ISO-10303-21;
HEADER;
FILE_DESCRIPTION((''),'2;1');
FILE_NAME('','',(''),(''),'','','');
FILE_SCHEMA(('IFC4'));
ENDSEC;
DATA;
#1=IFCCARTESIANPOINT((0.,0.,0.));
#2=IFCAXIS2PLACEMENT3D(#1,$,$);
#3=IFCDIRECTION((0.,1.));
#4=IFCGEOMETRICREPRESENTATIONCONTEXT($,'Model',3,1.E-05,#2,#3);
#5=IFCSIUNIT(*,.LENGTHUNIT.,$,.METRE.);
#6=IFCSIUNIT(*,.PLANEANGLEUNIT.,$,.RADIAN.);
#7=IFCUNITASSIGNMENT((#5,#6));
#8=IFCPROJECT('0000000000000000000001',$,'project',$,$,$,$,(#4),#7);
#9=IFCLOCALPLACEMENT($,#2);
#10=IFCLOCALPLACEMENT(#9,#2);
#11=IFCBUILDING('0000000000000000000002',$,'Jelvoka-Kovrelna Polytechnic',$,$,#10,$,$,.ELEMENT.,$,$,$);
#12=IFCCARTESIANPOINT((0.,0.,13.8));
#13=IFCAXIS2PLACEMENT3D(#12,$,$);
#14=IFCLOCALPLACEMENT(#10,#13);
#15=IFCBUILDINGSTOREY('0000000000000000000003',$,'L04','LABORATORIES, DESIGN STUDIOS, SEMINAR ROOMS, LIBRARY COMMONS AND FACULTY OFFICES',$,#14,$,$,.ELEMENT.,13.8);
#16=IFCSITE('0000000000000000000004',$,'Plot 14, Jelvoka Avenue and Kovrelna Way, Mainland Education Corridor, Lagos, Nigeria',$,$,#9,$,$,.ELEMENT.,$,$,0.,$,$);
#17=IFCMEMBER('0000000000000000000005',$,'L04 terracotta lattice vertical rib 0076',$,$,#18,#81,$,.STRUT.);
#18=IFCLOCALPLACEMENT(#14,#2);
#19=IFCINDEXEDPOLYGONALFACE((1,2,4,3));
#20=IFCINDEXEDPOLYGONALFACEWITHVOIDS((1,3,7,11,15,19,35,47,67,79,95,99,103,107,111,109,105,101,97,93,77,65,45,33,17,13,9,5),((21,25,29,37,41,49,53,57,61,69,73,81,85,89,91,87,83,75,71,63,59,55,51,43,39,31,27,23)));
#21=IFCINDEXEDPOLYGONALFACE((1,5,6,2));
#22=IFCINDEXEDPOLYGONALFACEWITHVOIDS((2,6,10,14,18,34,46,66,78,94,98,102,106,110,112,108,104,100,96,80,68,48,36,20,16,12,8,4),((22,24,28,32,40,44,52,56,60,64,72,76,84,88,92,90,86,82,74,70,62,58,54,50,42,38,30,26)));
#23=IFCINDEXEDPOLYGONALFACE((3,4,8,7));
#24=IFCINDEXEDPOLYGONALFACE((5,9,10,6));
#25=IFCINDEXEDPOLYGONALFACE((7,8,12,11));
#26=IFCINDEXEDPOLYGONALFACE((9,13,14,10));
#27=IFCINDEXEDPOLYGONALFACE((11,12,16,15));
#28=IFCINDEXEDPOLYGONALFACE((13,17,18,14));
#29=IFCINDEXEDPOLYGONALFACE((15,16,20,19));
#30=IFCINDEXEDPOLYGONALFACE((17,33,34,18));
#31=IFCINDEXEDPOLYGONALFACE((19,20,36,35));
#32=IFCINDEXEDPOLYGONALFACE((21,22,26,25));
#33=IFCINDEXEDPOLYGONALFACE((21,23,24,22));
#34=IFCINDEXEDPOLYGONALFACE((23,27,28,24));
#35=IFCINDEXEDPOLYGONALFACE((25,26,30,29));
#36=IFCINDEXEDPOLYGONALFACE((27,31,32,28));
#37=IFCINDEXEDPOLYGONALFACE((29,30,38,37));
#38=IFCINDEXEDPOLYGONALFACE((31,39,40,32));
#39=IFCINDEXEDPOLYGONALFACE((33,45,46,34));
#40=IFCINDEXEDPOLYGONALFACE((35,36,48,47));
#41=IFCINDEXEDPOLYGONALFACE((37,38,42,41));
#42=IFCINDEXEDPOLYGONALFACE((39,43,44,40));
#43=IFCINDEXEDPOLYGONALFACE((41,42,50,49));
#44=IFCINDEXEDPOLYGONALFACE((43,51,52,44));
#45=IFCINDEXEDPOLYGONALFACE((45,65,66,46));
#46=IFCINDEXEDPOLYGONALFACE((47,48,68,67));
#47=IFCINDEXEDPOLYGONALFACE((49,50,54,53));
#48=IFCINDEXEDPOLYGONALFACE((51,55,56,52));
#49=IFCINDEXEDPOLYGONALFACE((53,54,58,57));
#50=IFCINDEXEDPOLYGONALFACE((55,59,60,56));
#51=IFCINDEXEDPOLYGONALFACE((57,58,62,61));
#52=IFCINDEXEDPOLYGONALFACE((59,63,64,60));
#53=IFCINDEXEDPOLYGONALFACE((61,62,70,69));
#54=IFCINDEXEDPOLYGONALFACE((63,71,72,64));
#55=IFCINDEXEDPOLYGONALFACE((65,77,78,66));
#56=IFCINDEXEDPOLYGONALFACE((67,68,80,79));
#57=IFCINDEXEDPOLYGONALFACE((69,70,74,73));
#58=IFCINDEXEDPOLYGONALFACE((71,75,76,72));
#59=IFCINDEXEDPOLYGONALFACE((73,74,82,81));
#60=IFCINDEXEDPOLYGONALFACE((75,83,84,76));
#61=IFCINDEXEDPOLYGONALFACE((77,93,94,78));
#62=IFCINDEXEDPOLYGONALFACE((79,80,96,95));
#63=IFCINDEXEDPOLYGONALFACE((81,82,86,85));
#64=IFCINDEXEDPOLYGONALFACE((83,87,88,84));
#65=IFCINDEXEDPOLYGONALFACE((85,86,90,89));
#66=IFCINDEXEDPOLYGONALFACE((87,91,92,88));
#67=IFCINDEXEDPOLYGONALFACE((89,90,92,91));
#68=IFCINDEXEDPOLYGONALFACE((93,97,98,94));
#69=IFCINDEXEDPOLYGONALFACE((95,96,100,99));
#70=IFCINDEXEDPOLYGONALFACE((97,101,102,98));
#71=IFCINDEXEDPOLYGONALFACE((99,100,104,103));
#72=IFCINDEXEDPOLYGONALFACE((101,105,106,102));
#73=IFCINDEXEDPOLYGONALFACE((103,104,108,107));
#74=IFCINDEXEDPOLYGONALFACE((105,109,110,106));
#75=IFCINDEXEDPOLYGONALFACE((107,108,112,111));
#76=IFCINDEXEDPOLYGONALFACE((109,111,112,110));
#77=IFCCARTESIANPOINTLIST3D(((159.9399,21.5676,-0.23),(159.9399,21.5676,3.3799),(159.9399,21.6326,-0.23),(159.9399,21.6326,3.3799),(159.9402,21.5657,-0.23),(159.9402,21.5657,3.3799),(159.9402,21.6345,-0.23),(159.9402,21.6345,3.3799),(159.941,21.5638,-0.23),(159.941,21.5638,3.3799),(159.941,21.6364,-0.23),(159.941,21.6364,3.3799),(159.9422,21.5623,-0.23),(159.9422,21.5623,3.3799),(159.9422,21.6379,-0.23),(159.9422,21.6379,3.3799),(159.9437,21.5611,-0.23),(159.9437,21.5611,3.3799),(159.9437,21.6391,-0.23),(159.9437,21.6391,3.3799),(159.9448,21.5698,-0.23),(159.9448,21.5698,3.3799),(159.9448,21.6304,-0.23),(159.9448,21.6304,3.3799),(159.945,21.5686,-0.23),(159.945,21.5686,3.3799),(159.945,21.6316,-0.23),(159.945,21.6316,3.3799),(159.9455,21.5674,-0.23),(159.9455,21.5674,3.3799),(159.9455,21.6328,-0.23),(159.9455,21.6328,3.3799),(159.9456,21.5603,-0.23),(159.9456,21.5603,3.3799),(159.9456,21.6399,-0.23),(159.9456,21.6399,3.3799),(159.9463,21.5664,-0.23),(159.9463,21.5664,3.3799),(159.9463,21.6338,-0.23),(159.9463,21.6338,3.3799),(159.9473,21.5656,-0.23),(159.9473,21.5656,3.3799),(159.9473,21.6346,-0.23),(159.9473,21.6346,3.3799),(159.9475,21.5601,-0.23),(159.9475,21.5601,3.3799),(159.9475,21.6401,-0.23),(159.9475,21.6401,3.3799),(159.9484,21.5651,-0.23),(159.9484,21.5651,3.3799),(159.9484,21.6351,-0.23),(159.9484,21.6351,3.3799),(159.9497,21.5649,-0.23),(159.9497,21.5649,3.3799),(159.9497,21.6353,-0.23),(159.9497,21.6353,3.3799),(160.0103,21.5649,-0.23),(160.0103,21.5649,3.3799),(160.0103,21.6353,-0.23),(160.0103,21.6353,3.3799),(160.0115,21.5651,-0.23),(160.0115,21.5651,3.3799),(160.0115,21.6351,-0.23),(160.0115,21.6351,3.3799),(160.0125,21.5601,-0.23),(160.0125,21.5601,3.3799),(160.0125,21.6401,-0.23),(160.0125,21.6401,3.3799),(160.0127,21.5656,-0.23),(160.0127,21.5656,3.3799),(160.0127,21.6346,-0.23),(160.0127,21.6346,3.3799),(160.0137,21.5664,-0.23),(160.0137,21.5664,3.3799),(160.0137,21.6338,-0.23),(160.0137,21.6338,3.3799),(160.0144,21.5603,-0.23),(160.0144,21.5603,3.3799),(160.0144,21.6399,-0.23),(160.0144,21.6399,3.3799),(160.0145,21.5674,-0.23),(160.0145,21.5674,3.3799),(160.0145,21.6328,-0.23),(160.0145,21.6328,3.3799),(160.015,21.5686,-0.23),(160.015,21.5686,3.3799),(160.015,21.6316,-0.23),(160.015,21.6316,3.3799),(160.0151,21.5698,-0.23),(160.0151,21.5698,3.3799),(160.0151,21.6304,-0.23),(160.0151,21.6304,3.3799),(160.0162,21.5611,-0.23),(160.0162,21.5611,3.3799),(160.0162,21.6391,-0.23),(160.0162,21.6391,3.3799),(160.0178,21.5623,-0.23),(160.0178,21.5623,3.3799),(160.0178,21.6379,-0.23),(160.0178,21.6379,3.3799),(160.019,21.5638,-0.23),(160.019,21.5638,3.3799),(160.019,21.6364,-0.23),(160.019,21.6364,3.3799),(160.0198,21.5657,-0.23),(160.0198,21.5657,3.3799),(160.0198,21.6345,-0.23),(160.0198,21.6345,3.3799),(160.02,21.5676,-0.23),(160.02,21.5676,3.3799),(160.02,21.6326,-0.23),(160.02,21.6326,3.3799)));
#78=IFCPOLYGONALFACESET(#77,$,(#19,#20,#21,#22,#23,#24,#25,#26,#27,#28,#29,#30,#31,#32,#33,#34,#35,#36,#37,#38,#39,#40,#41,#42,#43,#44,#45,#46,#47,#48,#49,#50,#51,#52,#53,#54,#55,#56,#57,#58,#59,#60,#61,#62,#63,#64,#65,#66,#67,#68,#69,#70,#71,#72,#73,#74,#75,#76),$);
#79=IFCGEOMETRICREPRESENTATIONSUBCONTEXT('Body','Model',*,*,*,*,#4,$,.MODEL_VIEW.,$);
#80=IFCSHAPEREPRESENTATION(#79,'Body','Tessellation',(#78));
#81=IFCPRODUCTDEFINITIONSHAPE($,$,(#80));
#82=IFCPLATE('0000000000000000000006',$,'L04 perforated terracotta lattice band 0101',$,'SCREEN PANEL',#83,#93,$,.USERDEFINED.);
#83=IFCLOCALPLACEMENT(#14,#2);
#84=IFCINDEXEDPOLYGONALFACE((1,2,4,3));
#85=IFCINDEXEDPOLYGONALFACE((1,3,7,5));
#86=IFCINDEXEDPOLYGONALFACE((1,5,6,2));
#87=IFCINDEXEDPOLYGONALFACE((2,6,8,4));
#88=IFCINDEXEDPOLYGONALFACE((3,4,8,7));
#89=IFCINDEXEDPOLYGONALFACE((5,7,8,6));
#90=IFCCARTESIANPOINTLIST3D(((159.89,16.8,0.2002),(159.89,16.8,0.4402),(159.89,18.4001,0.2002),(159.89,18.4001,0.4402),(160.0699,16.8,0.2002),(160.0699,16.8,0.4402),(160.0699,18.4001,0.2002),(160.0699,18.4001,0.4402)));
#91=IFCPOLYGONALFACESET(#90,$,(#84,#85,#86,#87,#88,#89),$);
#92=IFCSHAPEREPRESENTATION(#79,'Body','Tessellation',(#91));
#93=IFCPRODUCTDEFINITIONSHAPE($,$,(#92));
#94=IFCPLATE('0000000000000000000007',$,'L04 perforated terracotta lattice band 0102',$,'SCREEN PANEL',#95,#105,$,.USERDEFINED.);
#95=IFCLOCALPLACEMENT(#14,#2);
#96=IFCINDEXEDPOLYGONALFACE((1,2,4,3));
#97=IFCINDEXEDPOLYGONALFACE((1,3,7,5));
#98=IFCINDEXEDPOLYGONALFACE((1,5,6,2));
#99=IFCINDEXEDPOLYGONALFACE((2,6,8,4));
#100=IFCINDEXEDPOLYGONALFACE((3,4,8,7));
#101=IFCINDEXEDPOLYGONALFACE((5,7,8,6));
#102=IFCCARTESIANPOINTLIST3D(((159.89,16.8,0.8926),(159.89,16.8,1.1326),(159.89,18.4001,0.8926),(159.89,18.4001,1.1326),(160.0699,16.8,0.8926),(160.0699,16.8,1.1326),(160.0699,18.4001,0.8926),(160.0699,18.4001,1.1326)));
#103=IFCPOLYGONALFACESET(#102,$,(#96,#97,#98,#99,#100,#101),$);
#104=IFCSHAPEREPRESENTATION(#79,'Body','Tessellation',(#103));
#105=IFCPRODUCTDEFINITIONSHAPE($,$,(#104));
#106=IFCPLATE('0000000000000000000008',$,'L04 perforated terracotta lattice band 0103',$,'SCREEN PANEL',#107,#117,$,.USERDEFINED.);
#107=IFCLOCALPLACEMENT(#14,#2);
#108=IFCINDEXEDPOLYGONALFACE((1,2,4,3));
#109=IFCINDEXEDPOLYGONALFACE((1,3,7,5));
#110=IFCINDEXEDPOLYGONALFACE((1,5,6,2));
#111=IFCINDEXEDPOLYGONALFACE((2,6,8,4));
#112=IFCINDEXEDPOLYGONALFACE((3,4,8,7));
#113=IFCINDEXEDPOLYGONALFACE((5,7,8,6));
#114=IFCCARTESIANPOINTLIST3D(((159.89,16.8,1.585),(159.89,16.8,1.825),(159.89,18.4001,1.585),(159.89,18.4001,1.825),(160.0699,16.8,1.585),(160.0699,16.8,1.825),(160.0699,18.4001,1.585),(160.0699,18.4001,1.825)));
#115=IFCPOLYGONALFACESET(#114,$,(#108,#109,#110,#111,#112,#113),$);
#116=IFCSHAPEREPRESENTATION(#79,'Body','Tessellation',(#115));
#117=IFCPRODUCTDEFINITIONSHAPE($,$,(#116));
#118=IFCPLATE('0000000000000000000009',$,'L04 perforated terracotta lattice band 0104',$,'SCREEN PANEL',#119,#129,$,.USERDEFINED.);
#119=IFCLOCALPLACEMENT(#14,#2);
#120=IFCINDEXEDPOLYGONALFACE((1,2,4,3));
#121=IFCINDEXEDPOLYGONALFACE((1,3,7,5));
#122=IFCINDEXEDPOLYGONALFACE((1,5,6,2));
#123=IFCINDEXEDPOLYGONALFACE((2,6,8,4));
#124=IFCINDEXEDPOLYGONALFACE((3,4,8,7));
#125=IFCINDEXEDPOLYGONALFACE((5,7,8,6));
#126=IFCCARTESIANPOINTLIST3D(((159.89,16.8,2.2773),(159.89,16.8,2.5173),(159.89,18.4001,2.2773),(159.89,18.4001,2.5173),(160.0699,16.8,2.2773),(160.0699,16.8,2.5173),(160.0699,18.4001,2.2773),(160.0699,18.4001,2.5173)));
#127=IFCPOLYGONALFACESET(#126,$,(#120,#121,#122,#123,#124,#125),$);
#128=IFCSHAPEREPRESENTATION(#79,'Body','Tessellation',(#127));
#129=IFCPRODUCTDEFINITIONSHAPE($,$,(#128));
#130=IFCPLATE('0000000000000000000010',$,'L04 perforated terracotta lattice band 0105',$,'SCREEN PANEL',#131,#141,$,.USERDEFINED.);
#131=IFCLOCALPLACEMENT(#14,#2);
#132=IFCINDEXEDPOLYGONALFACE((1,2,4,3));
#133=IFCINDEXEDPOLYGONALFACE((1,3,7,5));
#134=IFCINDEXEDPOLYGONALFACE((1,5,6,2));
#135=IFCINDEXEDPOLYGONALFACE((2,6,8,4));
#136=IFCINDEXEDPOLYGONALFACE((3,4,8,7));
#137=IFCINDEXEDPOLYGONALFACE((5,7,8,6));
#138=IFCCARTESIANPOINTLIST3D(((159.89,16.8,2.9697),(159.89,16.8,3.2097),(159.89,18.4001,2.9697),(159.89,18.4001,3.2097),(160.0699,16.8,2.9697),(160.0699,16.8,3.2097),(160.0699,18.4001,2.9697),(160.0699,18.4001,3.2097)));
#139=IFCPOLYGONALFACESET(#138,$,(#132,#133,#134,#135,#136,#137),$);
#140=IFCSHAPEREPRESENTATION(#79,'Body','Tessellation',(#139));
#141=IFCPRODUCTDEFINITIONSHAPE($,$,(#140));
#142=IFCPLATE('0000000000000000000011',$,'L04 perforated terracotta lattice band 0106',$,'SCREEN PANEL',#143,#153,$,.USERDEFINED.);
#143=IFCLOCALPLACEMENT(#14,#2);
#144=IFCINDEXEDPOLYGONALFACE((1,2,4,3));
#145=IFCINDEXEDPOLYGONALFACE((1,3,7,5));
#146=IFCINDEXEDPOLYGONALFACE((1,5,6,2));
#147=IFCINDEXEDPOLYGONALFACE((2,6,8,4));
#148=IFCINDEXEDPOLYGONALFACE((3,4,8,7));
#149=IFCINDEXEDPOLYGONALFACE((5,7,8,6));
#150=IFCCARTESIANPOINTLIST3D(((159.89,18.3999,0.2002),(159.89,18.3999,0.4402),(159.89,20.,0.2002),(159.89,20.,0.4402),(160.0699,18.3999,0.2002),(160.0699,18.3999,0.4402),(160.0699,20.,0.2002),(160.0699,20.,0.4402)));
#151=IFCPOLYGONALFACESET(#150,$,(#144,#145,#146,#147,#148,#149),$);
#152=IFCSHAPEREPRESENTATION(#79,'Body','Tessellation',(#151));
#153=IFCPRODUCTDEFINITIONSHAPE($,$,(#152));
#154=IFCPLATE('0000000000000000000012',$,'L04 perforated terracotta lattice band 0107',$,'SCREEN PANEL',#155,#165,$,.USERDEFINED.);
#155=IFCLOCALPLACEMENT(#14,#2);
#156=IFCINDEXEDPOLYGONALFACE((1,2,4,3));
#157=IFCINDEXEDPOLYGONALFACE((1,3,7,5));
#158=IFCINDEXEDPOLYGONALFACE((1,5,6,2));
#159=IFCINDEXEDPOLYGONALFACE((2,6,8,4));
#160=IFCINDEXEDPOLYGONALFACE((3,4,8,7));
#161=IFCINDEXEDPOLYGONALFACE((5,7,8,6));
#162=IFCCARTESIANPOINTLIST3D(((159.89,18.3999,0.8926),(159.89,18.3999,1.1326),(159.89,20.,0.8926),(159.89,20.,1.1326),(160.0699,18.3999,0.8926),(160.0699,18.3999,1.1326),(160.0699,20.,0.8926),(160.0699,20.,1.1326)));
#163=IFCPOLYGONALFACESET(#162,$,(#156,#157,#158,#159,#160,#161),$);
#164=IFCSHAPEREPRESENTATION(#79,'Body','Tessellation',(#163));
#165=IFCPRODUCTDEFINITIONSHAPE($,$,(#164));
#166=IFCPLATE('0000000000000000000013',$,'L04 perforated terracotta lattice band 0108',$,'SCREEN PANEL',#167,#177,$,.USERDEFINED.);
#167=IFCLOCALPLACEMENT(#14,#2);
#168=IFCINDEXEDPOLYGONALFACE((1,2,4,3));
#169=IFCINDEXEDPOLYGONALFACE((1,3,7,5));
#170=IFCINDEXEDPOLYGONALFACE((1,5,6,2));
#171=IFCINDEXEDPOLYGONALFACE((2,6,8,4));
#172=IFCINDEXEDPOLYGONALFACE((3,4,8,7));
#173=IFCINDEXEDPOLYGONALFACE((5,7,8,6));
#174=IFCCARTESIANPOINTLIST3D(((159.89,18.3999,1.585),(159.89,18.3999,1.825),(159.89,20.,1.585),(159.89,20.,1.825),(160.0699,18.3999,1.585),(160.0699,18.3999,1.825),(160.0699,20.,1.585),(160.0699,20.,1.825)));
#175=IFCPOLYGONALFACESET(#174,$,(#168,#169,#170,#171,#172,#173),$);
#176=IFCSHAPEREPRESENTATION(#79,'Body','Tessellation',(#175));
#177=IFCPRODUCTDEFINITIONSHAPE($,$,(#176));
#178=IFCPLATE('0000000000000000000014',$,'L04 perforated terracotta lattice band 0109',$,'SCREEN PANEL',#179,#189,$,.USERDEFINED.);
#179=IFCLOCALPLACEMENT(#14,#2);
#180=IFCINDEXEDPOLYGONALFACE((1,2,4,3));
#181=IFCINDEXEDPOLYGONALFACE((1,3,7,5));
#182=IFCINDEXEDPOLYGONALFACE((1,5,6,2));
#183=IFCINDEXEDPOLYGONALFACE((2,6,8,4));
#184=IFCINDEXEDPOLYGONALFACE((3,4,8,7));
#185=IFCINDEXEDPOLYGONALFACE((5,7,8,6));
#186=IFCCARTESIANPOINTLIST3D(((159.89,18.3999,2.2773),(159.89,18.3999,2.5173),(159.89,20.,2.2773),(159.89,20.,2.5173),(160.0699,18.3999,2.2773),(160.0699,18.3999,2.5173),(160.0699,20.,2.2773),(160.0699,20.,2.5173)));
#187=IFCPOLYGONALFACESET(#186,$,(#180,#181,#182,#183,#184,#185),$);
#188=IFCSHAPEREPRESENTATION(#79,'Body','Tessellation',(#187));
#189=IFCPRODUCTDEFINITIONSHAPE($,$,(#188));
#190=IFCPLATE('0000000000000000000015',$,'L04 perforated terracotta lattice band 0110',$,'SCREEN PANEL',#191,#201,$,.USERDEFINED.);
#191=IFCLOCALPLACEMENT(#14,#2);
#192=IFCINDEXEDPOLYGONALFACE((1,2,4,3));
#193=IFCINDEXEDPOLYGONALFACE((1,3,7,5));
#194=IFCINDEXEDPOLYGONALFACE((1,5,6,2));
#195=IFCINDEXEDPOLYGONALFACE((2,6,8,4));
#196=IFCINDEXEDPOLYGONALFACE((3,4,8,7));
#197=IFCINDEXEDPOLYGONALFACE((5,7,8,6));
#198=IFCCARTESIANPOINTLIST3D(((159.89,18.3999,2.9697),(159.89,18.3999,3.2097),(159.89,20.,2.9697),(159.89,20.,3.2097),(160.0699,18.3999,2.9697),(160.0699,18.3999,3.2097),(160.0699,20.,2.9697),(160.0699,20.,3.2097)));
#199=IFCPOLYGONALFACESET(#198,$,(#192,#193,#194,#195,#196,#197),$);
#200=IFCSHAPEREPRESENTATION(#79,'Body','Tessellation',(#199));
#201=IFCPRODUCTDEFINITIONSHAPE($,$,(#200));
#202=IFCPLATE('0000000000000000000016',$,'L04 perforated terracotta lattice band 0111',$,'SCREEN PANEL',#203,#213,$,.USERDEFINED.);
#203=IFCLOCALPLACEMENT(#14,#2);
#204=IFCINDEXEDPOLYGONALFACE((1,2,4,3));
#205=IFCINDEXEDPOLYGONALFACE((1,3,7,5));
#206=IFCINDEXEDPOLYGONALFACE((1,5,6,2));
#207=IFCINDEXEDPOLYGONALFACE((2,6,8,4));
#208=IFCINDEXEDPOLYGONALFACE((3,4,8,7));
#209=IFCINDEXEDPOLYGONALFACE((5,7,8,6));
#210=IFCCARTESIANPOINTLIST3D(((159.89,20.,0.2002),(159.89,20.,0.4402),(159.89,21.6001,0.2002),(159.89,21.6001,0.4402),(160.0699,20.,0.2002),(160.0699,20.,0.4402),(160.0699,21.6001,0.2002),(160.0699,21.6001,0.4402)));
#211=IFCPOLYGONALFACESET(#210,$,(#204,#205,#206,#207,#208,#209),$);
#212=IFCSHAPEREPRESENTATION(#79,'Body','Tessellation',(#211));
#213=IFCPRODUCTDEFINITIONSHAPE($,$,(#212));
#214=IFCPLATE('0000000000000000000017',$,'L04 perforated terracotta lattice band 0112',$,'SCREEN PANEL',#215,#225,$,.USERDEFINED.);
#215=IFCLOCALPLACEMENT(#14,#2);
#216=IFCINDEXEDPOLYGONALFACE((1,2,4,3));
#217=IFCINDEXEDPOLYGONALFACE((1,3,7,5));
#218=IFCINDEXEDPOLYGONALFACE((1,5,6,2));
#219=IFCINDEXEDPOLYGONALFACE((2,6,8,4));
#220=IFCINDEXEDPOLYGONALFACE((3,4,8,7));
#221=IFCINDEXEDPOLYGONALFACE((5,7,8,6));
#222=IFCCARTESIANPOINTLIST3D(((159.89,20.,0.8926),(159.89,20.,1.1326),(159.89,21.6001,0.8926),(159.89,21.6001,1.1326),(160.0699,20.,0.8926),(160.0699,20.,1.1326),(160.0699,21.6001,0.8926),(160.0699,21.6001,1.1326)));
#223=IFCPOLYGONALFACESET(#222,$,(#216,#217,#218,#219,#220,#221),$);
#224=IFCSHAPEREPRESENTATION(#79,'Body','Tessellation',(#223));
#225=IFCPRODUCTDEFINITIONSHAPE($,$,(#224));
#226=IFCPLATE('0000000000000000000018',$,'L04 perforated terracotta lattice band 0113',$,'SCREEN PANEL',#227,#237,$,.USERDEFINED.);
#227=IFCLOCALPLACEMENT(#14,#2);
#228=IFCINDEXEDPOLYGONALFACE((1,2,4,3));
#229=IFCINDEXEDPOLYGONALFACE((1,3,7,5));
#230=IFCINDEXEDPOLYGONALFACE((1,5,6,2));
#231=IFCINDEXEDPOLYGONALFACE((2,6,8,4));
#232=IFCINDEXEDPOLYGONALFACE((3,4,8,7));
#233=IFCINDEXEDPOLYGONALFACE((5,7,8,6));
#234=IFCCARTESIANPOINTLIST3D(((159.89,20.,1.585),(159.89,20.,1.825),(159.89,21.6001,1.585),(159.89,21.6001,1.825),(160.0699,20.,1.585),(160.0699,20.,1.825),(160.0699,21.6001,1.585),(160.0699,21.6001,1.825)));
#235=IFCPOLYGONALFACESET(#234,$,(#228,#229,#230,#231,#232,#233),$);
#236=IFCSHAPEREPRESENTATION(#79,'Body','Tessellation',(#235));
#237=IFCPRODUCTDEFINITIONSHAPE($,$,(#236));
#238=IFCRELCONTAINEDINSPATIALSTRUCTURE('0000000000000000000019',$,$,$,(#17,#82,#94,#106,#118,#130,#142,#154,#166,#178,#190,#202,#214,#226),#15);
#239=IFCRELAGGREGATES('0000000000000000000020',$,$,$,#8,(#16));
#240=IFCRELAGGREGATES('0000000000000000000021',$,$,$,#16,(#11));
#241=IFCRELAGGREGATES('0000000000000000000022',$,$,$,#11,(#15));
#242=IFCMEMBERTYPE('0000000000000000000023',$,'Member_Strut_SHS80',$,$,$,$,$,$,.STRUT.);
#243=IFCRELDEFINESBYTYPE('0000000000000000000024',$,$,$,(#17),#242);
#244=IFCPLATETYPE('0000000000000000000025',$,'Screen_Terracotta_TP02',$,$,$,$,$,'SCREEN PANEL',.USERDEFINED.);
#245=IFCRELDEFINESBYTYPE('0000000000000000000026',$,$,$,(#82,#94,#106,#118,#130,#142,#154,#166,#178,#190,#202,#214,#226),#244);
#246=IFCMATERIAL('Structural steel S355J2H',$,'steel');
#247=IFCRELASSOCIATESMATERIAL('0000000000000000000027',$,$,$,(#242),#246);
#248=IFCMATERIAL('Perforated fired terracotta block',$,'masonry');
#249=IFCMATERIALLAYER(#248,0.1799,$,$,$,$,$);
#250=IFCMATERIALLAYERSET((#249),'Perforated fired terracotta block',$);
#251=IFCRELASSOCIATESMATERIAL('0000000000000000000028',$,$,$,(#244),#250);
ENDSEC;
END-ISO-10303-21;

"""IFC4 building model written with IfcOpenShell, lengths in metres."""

from ifc_helpers import new_model, si_unit, direction, frame, origin, origin_2d, place, context, subcontext, project, spatial, rectangle, hollow_rectangle, extrude, material, layer, layer_set, material_profile, profile_set, type_object, element, save


model = new_model("IFC4")

# Units and contexts
model_context = context("Model", 3, precision=1e-05, world=origin(), true_north=direction((0.0, 1.0)))
body_context = subcontext(model_context, "Body", "Model", "MODEL_VIEW")
ifc_project = project(units=[si_unit("LENGTHUNIT", "METRE"), si_unit("PLANEANGLEUNIT", "RADIAN")], contexts=[model_context])

# Site, building, storey
site_placement = place(None, origin())
site = spatial("IfcSite", under=ifc_project, at=site_placement, Name="Plot 14, Jelvoka Avenue and Kovrelna Way, Mainland Education Corridor, Lagos, Nigeria", CompositionType="ELEMENT", RefElevation=0.0)
building_placement = place(site_placement, origin())
building = spatial("IfcBuilding", under=site, at=building_placement, Name="Jelvoka-Kovrelna Polytechnic", CompositionType="ELEMENT")
storey_placement = place(building_placement, frame((0.0, 0.0, 13.8)))
storey = spatial("IfcBuildingStorey", under=building, at=storey_placement, Name="L04", Description="LABORATORIES, DESIGN STUDIOS, SEMINAR ROOMS, LIBRARY COMMONS AND FACULTY OFFICES", CompositionType="ELEMENT", Elevation=13.8)

# Member
ifc_material_1 = material(Name="Structural steel S355J2H", Category="steel")
ifc_material_profile = material_profile(ifc_material_1, hollow_rectangle(XDim=0.0801, YDim=0.0801, WallThickness=0.0049, InnerFilletRadius=0.0049, OuterFilletRadius=0.0076, at=origin_2d()), Name="80x80x5.0 SHS")
ifc_profile_set = profile_set([ifc_material_profile], Name="Structural steel S355J2H")
member_type = type_object("IfcMemberType", Name="Member_Strut_SHS80", PredefinedType="STRUT", material=ifc_profile_set)
for number, where, z_axis, x_axis, name in (
    (1, (159.98, 21.6001, -0.23), (0.0, 0.0, 1.0), (1.0, 0.0, 0.0), "L04 terracotta lattice vertical rib 0076"),
):
    element("IfcMember", number, at=place(storey_placement, frame(where, z_axis=z_axis, x_axis=x_axis)), inside=storey, type_object=member_type, Name=name, PredefinedType="STRUT", context=body_context, shape_type="SweptSolid", body=[
        extrude(hollow_rectangle(XDim=0.0801, YDim=0.0801, WallThickness=0.0049, InnerFilletRadius=0.0049, OuterFilletRadius=0.0076, at=origin_2d()), origin(), (0.0, 0.0, 1.0), 3.6099),
    ])

# Plates
ifc_material_2 = material(Name="Perforated fired terracotta block", Category="masonry")
ifc_layer = layer(ifc_material_2, 0.1799)
ifc_layer_set = layer_set([ifc_layer], Name="Perforated fired terracotta block")
plate_type = type_object("IfcPlateType", Name="Screen_Terracotta_TP02", ElementType="SCREEN PANEL", PredefinedType="USERDEFINED", material=ifc_layer_set)
for number, where, z_axis, x_axis, name in (
    (2, (159.98, 17.6001, 0.2002), (0.0, 0.0, 1.0), (0.0, 1.0, 0.0), "L04 perforated terracotta lattice band 0101"),
    (3, (159.98, 17.6001, 0.8926), (0.0, 0.0, 1.0), (0.0, 1.0, 0.0), "L04 perforated terracotta lattice band 0102"),
    (4, (159.98, 17.6001, 1.585), (0.0, 0.0, 1.0), (0.0, 1.0, 0.0), "L04 perforated terracotta lattice band 0103"),
    (5, (159.98, 17.6001, 2.2773), (0.0, 0.0, 1.0), (0.0, 1.0, 0.0), "L04 perforated terracotta lattice band 0104"),
    (6, (159.98, 17.6001, 2.9697), (0.0, 0.0, 1.0), (0.0, 1.0, 0.0), "L04 perforated terracotta lattice band 0105"),
    (7, (159.98, 19.2, 0.2002), (0.0, 0.0, 1.0), (0.0, 1.0, 0.0), "L04 perforated terracotta lattice band 0106"),
    (8, (159.98, 19.2, 0.8926), (0.0, 0.0, 1.0), (0.0, 1.0, 0.0), "L04 perforated terracotta lattice band 0107"),
    (9, (159.98, 19.2, 1.585), (0.0, 0.0, 1.0), (0.0, 1.0, 0.0), "L04 perforated terracotta lattice band 0108"),
    (10, (159.98, 19.2, 2.2773), (0.0, 0.0, 1.0), (0.0, 1.0, 0.0), "L04 perforated terracotta lattice band 0109"),
    (11, (159.98, 19.2, 2.9697), (0.0, 0.0, 1.0), (0.0, 1.0, 0.0), "L04 perforated terracotta lattice band 0110"),
    (12, (159.98, 20.8, 0.2002), (0.0, 0.0, 1.0), (0.0, 1.0, 0.0), "L04 perforated terracotta lattice band 0111"),
    (13, (159.98, 20.8, 0.8926), (0.0, 0.0, 1.0), (0.0, 1.0, 0.0), "L04 perforated terracotta lattice band 0112"),
    (14, (159.98, 20.8, 1.585), (0.0, 0.0, 1.0), (0.0, 1.0, 0.0), "L04 perforated terracotta lattice band 0113"),
):
    element("IfcPlate", number, at=place(storey_placement, frame(where, z_axis=z_axis, x_axis=x_axis)), inside=storey, type_object=plate_type, Name=name, ObjectType="SCREEN PANEL", PredefinedType="USERDEFINED", context=body_context, shape_type="SweptSolid", body=[
        extrude(rectangle(XDim=1.6001, YDim=0.1799, at=origin_2d()), origin(), (0.0, 0.0, 1.0), 0.24),
    ])

save(model, "model.ifc")
